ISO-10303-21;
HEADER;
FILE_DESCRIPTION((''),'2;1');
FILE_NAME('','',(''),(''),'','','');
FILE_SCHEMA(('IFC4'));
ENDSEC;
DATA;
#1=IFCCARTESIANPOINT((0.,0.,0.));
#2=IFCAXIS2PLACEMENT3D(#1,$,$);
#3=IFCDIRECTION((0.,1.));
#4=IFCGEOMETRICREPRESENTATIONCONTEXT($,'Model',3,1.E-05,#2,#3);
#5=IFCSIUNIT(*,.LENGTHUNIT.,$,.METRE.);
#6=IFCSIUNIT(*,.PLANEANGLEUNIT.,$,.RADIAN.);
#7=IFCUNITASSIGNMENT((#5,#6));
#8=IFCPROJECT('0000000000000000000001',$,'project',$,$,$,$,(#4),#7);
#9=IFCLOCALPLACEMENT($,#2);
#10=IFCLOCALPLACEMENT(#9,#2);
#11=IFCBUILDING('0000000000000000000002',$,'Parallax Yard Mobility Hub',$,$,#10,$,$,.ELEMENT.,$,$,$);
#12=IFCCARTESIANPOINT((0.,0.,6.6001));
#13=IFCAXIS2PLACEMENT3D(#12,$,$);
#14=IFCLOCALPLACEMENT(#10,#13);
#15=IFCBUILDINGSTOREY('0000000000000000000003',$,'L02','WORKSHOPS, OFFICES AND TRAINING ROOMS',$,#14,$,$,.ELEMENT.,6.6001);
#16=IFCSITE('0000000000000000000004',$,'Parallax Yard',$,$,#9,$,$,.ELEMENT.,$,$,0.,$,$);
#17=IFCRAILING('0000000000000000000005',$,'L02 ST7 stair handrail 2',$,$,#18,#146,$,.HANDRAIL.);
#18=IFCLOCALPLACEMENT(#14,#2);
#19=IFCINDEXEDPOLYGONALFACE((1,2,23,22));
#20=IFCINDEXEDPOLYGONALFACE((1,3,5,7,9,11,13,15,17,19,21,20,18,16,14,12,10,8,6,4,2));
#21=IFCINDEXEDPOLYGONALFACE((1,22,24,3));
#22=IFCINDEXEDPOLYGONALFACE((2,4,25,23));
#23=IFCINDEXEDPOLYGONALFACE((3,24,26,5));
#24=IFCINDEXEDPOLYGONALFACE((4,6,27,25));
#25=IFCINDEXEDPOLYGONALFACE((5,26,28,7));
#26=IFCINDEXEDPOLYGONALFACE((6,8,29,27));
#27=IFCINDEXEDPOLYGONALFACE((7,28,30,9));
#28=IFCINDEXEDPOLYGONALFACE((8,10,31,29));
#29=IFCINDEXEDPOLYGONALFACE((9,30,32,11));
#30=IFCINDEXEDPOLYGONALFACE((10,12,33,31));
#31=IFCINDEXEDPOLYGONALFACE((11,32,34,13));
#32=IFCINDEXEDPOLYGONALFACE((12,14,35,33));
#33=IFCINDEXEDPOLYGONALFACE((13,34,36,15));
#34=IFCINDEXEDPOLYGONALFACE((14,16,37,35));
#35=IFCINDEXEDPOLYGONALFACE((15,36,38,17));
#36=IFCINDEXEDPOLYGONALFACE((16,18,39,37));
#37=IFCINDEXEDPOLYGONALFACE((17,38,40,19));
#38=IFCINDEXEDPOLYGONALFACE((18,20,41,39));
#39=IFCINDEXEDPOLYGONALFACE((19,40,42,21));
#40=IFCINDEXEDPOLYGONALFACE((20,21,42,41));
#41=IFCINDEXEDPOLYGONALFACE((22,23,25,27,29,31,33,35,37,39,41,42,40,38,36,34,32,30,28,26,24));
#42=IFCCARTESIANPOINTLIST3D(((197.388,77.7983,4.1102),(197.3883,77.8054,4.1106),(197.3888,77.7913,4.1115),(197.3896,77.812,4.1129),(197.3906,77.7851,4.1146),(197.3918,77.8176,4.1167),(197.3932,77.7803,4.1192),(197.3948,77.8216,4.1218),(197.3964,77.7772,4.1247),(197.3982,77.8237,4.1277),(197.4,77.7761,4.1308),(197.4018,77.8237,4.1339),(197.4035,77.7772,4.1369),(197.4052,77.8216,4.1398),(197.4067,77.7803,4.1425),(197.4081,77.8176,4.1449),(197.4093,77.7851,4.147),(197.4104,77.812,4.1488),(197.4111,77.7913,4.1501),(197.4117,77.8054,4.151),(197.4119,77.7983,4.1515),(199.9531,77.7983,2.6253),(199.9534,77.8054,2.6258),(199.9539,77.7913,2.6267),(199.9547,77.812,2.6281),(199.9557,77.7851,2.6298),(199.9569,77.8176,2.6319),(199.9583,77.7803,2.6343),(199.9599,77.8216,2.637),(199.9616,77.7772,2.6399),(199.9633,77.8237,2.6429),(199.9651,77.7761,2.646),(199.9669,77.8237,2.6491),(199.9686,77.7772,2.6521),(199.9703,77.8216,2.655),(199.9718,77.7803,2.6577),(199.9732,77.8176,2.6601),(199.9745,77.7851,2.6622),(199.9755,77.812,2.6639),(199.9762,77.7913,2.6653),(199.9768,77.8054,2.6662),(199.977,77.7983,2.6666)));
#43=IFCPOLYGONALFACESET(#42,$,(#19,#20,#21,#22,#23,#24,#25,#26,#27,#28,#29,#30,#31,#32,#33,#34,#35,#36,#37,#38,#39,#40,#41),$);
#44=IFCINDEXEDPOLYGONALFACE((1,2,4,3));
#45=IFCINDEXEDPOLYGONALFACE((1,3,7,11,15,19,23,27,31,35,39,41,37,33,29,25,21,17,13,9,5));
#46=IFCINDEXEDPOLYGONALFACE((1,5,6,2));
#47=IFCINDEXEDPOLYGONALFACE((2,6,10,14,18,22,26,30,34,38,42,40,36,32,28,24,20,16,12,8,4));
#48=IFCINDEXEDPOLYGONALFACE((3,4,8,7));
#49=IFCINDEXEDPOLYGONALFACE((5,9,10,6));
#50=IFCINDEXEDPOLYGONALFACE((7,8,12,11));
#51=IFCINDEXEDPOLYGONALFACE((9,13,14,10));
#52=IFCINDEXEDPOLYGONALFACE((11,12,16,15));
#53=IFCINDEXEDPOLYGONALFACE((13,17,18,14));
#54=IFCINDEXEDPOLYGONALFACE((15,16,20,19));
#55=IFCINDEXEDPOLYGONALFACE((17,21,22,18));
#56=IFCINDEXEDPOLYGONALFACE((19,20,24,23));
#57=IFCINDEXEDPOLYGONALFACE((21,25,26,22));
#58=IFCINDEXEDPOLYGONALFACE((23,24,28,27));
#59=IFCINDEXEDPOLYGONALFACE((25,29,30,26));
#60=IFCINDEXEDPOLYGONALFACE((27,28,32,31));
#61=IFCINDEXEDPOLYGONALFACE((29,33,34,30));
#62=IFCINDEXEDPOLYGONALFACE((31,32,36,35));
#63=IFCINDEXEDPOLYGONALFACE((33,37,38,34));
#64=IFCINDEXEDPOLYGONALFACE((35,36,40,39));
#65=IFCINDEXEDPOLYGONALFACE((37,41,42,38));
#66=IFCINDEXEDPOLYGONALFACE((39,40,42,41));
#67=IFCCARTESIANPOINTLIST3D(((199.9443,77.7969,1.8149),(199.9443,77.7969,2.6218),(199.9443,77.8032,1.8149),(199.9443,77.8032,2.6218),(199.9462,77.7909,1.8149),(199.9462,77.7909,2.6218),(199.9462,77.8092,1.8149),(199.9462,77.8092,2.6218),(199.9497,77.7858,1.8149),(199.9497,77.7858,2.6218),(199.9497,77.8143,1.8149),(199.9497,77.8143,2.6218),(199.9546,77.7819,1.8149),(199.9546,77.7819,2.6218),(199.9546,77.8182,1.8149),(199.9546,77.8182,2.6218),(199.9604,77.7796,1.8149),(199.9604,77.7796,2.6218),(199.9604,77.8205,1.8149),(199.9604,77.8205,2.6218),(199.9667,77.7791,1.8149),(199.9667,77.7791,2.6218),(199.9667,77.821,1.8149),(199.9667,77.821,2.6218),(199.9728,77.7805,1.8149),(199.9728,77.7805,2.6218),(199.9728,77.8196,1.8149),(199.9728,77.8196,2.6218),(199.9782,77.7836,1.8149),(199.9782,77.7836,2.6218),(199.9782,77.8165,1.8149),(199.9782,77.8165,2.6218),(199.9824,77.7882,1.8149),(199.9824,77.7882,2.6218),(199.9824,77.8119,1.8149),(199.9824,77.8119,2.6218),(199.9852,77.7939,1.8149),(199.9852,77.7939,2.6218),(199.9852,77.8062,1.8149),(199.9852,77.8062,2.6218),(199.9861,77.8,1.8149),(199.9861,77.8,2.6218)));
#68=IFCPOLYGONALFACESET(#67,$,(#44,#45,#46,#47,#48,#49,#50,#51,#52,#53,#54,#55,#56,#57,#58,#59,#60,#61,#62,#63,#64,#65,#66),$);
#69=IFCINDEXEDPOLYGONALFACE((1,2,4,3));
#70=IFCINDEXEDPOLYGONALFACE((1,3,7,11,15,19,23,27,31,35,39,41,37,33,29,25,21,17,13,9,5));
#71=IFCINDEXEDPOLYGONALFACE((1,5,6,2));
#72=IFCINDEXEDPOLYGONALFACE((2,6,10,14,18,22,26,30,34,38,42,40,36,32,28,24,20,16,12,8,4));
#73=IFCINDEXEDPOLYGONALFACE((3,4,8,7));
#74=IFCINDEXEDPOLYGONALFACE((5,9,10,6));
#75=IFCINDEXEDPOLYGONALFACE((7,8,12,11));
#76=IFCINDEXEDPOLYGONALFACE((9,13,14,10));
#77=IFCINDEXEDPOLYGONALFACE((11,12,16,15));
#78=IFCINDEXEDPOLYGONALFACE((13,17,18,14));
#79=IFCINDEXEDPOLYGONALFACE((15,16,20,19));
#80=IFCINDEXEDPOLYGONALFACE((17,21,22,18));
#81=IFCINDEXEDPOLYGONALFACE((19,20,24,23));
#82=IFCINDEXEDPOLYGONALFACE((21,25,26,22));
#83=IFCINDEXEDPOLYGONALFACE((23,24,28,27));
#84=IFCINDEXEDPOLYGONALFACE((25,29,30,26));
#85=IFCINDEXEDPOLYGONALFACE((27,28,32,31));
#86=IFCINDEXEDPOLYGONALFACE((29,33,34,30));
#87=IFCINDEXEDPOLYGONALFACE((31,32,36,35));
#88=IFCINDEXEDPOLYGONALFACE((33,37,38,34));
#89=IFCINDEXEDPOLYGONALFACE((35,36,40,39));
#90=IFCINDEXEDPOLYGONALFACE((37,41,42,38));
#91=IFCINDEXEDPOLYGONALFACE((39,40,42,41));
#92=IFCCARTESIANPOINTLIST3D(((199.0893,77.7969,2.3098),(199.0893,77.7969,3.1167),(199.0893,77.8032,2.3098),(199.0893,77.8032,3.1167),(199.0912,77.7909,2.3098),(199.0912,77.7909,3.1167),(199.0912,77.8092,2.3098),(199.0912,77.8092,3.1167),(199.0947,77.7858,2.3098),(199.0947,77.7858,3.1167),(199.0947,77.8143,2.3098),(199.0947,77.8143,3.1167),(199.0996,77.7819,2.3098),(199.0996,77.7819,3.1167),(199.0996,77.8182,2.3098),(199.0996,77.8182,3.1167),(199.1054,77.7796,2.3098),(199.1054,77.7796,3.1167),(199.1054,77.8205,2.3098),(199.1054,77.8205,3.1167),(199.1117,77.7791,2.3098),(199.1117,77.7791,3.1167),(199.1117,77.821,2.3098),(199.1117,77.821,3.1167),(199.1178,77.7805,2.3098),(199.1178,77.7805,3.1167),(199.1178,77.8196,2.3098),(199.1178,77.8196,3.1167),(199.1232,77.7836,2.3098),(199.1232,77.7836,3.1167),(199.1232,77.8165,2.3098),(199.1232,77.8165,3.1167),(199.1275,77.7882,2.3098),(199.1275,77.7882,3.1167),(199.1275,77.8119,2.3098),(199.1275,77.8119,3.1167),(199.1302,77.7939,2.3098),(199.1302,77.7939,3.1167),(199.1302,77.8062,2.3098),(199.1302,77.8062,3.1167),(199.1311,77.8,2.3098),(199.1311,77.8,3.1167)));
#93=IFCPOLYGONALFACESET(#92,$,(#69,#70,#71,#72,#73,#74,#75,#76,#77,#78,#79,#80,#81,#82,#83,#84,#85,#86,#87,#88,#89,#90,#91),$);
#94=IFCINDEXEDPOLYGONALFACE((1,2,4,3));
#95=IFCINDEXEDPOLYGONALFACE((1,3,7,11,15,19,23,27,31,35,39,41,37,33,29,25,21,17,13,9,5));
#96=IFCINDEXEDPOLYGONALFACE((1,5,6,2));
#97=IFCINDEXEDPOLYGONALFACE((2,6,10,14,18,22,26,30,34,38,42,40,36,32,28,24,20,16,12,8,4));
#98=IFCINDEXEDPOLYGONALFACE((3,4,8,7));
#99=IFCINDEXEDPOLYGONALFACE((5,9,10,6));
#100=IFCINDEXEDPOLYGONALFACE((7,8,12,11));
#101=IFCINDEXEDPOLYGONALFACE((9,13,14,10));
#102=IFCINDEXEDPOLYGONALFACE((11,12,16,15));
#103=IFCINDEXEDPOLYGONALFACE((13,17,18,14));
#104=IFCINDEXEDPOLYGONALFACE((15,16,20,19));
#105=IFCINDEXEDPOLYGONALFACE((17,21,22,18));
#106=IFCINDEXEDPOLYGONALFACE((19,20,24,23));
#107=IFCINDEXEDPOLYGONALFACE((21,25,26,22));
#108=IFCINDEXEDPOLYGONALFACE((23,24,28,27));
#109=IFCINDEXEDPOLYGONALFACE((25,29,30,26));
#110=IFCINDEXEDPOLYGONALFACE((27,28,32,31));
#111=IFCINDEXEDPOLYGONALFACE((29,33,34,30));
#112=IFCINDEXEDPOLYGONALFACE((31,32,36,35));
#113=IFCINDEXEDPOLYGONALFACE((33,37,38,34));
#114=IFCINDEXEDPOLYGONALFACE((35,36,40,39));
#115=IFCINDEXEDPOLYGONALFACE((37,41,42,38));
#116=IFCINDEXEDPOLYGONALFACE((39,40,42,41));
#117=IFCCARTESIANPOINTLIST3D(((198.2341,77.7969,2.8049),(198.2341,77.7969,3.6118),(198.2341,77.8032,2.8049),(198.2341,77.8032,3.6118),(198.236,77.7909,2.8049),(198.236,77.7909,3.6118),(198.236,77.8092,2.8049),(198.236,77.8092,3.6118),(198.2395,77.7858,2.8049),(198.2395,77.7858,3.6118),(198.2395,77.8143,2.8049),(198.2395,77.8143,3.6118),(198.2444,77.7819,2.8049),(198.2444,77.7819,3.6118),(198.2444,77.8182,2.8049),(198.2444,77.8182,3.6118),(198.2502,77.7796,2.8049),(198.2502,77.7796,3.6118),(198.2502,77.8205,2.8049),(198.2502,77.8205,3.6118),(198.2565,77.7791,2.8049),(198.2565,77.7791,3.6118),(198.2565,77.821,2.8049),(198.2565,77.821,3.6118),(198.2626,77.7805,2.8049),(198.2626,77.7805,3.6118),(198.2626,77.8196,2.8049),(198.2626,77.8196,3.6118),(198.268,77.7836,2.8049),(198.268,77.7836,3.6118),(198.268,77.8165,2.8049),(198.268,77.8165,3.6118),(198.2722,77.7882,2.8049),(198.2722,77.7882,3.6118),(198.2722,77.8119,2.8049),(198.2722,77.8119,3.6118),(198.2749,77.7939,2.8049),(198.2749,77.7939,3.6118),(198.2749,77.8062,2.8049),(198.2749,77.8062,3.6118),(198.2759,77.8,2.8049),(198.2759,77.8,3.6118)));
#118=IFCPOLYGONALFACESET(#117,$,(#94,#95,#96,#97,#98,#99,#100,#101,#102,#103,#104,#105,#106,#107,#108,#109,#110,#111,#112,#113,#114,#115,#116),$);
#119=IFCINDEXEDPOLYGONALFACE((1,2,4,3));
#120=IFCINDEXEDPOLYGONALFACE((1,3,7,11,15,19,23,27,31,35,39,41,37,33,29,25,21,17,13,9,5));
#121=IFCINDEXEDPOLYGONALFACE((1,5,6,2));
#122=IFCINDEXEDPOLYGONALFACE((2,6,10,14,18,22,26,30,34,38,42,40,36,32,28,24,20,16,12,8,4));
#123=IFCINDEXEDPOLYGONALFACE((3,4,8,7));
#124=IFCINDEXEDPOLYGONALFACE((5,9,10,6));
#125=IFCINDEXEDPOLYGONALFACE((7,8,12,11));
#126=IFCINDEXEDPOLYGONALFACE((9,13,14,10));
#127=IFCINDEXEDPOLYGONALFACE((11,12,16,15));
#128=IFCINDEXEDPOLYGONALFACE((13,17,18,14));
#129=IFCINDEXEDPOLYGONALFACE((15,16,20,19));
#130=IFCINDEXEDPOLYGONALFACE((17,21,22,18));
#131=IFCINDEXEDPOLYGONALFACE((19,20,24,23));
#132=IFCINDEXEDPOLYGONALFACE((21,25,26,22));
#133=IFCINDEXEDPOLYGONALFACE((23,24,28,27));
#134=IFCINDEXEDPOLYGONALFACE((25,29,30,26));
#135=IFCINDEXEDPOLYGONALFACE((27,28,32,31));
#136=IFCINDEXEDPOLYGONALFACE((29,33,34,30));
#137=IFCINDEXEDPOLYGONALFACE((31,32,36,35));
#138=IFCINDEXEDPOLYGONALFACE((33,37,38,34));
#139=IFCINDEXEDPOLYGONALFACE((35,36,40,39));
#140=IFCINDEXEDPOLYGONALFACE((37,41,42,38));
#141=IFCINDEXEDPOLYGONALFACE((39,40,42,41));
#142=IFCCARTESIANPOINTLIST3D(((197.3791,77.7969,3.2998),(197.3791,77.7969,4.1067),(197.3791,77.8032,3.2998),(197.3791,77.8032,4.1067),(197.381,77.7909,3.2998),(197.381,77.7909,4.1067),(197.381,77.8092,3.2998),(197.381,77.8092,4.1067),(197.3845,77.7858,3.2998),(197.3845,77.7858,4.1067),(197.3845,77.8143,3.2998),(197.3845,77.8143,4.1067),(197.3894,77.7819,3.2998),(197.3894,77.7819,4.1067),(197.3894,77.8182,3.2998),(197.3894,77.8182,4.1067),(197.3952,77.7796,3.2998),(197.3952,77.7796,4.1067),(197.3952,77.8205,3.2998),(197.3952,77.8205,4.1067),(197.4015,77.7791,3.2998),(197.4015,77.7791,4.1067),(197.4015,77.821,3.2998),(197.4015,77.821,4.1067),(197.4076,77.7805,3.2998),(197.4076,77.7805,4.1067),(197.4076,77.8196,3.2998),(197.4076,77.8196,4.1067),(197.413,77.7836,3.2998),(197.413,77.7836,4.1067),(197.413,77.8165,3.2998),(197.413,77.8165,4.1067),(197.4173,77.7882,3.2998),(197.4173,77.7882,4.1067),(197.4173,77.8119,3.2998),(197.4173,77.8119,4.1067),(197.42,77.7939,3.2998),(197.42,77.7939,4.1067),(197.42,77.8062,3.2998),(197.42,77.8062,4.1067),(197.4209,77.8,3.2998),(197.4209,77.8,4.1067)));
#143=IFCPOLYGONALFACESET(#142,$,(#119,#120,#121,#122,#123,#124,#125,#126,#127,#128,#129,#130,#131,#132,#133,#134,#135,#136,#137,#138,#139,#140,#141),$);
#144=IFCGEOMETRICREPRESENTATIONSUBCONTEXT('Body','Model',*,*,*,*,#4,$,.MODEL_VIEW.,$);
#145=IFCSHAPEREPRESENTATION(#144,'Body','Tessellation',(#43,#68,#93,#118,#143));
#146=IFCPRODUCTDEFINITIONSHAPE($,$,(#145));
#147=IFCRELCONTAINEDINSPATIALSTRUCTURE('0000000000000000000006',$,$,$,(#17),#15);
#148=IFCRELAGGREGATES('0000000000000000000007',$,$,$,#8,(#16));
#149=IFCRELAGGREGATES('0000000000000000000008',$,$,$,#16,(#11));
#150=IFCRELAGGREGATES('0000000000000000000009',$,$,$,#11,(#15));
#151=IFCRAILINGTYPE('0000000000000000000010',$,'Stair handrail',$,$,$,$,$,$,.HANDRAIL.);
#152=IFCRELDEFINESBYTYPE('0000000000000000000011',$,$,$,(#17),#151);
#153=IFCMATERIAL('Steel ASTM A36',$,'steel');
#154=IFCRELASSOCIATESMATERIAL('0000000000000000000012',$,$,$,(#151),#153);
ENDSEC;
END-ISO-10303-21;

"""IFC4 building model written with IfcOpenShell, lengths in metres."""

from ifc_helpers import new_model, si_unit, direction, frame, origin, origin_2d, place, context, subcontext, project, spatial, circle, extrude, material, type_object, element, save


model = new_model("IFC4")

# Units and contexts
model_context = context("Model", 3, precision=1e-05, world=origin(), true_north=direction((0.0, 1.0)))
body_context = subcontext(model_context, "Body", "Model", "MODEL_VIEW")
ifc_project = project(units=[si_unit("LENGTHUNIT", "METRE"), si_unit("PLANEANGLEUNIT", "RADIAN")], contexts=[model_context])

# Site, building, storey
site_placement = place(None, origin())
site = spatial("IfcSite", under=ifc_project, at=site_placement, Name="Parallax Yard", CompositionType="ELEMENT", RefElevation=0.0)
building_placement = place(site_placement, origin())
building = spatial("IfcBuilding", under=site, at=building_placement, Name="Parallax Yard Mobility Hub", CompositionType="ELEMENT")
storey_placement = place(building_placement, frame((0.0, 0.0, 6.6001)))
storey = spatial("IfcBuildingStorey", under=building, at=storey_placement, Name="L02", Description="WORKSHOPS, OFFICES AND TRAINING ROOMS", CompositionType="ELEMENT", Elevation=6.6001)

# Railing
ifc_material_1 = material(Name="Steel ASTM A36", Category="steel")
railing_type_1 = type_object("IfcRailingType", Name="Stair handrail", PredefinedType="HANDRAIL", material=ifc_material_1)
railing_1_placement = place(storey_placement, frame((199.9651, 77.8, 1.8149)))
element("IfcRailing", 1, at=railing_1_placement, inside=storey, type_object=railing_type_1, Name="L02 ST7 stair handrail 2", PredefinedType="HANDRAIL", context=body_context, shape_type="SweptSolid", body=[
    extrude(circle(Radius=0.0239, at=origin_2d()), frame((0.0, 0.0, 0.8311), z_axis=(-0.865462, 0.0, 0.500975), x_axis=(0.0, -1.0, 0.0)), (0.0, 0.0, 1.0), 2.9639),
    extrude(circle(Radius=0.021, at=origin_2d()), origin(), (0.0, 0.0, 1.0), 0.8069),
    extrude(circle(Radius=0.021, at=origin_2d()), frame((-0.855, 0.0, 0.4949)), (0.0, 0.0, 1.0), 0.8069),
    extrude(circle(Radius=0.021, at=origin_2d()), frame((-1.7102, 0.0, 0.99)), (0.0, 0.0, 1.0), 0.8069),
    extrude(circle(Radius=0.021, at=origin_2d()), frame((-2.5652, 0.0, 1.4849)), (0.0, 0.0, 1.0), 0.8069),
])

save(model, "model.ifc")
